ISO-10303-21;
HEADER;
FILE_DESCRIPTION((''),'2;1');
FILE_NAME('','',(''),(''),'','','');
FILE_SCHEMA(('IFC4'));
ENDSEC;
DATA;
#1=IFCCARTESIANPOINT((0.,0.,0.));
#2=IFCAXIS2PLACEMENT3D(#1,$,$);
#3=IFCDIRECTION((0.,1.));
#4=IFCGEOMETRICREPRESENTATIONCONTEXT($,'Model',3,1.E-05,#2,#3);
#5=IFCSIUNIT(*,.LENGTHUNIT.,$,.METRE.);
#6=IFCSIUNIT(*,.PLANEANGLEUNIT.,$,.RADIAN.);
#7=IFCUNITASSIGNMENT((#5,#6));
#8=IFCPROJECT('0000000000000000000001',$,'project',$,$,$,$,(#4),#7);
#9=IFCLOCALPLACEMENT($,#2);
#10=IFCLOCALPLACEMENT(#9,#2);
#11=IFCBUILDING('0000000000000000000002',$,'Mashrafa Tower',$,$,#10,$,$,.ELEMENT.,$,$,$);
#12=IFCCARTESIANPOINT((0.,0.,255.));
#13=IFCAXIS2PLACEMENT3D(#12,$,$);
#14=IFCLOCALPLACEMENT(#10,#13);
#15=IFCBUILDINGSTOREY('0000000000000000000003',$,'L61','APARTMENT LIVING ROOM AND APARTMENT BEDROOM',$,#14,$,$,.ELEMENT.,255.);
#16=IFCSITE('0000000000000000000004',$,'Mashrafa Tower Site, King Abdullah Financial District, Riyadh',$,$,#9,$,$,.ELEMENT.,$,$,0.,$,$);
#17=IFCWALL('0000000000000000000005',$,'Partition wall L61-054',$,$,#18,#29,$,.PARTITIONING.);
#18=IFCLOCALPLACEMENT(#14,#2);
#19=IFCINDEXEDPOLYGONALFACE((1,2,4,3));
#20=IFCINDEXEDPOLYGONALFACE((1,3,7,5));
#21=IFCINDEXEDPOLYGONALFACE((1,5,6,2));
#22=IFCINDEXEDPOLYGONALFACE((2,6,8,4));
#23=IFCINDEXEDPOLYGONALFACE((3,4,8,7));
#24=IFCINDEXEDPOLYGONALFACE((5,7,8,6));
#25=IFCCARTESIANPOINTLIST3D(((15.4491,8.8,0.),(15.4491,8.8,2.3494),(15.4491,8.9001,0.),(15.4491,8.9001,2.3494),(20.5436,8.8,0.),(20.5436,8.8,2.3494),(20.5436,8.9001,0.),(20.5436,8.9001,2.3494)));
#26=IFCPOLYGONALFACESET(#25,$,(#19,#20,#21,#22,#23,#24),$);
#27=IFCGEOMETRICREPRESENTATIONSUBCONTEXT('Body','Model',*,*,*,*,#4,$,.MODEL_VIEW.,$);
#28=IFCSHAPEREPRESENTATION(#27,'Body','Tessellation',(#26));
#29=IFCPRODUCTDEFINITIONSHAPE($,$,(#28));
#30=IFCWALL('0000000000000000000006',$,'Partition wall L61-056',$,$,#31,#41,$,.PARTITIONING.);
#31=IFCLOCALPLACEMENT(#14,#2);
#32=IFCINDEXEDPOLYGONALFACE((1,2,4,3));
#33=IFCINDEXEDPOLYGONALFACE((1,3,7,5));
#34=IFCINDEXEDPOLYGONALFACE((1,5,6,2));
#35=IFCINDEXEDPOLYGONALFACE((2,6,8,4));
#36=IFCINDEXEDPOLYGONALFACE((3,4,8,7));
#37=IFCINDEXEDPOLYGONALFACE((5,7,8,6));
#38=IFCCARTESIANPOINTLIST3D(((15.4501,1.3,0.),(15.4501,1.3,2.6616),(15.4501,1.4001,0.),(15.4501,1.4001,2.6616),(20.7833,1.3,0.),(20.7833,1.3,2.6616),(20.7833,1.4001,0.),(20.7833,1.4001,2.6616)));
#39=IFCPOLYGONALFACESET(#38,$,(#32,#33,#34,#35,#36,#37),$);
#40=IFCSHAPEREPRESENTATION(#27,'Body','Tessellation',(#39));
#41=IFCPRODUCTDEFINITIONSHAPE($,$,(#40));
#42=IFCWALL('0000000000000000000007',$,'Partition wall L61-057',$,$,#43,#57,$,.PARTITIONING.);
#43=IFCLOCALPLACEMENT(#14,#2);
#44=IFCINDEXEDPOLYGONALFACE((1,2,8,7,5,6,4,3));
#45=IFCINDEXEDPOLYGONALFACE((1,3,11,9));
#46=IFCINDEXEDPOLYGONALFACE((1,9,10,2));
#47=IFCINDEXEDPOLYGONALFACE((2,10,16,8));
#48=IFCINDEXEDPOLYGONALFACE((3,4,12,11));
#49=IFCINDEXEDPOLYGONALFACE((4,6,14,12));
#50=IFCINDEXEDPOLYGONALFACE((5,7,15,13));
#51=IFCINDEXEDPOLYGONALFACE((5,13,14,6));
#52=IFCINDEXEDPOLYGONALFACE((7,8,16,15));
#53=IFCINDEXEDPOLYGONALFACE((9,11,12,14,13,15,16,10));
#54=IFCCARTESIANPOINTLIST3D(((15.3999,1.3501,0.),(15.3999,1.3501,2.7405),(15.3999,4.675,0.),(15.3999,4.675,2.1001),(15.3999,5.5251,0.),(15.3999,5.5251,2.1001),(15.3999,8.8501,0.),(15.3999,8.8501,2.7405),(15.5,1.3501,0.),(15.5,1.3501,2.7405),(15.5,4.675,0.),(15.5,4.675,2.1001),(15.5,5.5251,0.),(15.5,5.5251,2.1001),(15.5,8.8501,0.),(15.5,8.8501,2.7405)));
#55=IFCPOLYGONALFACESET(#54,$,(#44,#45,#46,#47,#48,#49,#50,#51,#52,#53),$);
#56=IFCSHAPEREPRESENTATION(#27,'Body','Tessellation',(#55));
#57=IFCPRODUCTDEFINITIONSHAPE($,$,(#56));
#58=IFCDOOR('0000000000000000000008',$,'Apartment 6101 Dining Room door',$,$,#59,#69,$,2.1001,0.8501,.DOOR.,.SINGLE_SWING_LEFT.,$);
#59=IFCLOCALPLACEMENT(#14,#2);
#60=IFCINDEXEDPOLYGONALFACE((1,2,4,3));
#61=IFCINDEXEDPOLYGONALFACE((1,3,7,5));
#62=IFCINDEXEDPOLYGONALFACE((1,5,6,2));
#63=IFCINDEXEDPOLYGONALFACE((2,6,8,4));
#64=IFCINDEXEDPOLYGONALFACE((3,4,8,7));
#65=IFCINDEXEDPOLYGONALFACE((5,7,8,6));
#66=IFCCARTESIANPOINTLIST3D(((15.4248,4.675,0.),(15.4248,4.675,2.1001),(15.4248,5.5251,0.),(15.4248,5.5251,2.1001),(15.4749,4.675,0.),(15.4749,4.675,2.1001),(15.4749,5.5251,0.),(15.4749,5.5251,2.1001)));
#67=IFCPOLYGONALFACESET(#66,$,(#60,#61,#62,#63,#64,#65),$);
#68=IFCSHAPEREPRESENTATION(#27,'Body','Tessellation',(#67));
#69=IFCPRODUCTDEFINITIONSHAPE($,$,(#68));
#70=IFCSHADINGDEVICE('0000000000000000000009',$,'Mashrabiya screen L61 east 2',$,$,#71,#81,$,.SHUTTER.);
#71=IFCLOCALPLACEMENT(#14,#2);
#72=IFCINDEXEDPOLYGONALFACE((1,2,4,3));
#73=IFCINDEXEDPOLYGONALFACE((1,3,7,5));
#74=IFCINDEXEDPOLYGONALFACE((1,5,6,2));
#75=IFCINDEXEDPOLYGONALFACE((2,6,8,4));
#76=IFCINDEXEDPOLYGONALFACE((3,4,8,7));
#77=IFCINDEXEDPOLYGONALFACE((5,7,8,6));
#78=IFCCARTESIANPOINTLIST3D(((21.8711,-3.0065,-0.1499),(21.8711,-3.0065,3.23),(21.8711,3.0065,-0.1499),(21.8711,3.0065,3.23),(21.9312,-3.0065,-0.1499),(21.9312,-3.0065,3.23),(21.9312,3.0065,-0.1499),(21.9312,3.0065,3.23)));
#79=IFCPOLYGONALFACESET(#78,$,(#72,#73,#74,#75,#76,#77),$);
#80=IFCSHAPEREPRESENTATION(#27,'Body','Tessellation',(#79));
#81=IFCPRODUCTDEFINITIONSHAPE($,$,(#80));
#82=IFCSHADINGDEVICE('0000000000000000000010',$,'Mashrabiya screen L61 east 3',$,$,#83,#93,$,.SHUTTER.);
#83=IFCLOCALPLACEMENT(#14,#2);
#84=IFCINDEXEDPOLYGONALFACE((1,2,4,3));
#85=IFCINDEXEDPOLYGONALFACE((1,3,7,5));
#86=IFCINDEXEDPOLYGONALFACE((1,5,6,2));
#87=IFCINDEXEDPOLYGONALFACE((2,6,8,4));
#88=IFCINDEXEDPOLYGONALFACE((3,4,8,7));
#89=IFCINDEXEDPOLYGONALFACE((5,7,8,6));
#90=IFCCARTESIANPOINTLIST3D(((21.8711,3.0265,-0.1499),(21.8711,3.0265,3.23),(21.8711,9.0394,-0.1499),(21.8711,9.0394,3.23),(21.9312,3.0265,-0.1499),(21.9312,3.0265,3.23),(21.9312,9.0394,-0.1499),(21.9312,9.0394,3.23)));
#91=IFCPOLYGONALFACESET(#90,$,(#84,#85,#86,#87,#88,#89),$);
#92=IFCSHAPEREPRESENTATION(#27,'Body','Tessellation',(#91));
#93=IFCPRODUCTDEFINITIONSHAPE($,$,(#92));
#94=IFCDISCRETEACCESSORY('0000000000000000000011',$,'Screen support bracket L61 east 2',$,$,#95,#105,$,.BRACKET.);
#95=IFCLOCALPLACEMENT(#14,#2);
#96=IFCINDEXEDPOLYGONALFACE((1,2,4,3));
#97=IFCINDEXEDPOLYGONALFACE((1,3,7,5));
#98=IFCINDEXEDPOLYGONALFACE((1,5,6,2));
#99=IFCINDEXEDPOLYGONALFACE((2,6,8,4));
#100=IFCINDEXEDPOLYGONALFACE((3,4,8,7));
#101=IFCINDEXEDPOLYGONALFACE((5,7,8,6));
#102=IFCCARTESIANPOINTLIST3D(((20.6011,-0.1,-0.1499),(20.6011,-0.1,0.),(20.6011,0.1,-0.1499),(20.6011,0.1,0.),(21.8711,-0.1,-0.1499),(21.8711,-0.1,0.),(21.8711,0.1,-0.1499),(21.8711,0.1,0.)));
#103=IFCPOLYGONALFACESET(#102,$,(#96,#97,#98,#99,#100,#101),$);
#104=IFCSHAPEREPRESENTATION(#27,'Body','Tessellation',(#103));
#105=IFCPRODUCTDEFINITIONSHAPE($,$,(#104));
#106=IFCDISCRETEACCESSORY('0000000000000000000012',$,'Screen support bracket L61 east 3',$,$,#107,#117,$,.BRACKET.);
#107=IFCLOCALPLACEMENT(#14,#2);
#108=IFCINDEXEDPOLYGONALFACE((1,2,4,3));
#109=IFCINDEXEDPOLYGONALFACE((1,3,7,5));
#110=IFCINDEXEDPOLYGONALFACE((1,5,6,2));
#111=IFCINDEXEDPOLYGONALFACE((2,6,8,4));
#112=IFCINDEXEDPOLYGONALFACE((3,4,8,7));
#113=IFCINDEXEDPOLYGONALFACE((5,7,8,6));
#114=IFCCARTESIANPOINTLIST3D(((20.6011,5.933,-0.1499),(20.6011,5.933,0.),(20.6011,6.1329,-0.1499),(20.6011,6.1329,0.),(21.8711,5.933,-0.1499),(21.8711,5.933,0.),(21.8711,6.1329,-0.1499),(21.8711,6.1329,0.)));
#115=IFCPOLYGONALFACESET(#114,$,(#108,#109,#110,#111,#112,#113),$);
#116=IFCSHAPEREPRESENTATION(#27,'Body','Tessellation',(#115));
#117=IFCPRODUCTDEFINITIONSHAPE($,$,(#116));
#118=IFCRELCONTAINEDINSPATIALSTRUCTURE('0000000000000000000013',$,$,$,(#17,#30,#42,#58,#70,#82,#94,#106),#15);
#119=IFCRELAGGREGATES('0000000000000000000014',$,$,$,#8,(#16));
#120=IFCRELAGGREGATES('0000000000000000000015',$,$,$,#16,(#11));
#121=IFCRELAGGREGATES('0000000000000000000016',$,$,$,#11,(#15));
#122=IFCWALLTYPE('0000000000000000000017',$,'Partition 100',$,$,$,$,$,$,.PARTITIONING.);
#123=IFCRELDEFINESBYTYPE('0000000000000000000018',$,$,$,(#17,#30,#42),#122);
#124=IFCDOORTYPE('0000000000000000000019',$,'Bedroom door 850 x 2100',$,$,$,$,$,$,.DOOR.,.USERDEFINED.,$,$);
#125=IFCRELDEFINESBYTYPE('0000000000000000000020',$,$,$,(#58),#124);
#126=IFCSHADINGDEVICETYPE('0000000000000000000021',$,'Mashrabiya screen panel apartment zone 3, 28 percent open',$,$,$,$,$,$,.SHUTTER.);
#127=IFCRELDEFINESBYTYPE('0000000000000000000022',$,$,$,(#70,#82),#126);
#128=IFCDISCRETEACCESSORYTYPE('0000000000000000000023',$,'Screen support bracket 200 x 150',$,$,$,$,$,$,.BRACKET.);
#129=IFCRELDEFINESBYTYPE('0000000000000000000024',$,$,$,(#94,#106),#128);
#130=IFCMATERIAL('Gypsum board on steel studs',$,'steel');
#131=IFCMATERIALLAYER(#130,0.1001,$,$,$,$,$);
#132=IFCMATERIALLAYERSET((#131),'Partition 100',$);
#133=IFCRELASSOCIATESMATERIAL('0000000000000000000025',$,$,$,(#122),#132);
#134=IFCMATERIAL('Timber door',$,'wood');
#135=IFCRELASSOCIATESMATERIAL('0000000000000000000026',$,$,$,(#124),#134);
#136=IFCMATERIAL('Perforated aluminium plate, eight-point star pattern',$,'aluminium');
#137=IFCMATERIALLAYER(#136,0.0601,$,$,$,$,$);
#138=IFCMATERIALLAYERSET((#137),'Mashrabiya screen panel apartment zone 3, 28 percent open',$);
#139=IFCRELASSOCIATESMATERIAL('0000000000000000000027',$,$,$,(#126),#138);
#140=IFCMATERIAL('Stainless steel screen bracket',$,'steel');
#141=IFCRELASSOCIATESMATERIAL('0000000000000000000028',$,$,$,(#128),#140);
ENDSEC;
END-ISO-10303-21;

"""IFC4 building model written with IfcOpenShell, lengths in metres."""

from ifc_helpers import new_model, si_unit, direction, frame, frame_2d, origin, origin_2d, place, context, subcontext, project, spatial, rectangle, extrude, source, transform, mapped, material, layer, layer_set, type_object, type_shapes, element, fill, save


model = new_model("IFC4")

# Units and contexts
model_context = context("Model", 3, precision=1e-05, world=origin(), true_north=direction((0.0, 1.0)))
body_context = subcontext(model_context, "Body", "Model", "MODEL_VIEW")
ifc_project = project(units=[si_unit("LENGTHUNIT", "METRE"), si_unit("PLANEANGLEUNIT", "RADIAN")], contexts=[model_context])

# Site, building, storey
site_placement = place(None, origin())
site = spatial("IfcSite", under=ifc_project, at=site_placement, Name="Mashrafa Tower Site, King Abdullah Financial District, Riyadh", CompositionType="ELEMENT", RefElevation=0.0)
building_placement = place(site_placement, origin())
building = spatial("IfcBuilding", under=site, at=building_placement, Name="Mashrafa Tower", CompositionType="ELEMENT")
storey_placement = place(building_placement, frame((0.0, 0.0, 255.0)))
storey = spatial("IfcBuildingStorey", under=building, at=storey_placement, Name="L61", Description="APARTMENT LIVING ROOM AND APARTMENT BEDROOM", CompositionType="ELEMENT", Elevation=255.0)

# Shared definitions
ifc_material_1 = material(Name="Gypsum board on steel studs", Category="steel")
ifc_layer_1 = layer(ifc_material_1, 0.1001)
ifc_layer_set_1 = layer_set([ifc_layer_1], Name="Partition 100")
wall_type_1 = type_object("IfcWallType", Name="Partition 100", PredefinedType="PARTITIONING", material=ifc_layer_set_1)
ifc_material_2 = material(Name="Timber door", Category="wood")
door_type = type_object("IfcDoorType", Name="Bedroom door 850 x 2100", OperationType="USERDEFINED", PredefinedType="DOOR", material=ifc_material_2)

# Walls
wall_1_placement = place(storey_placement, frame((15.449, 8.8501, 0.0), z_axis=(0.0, 0.0, 1.0), x_axis=(1.0, 0.0, 0.0)))
element("IfcWall", 1, at=wall_1_placement, inside=storey, type_object=wall_type_1, Name="Partition wall L61-054", PredefinedType="PARTITIONING", context=body_context, shape_type="SweptSolid", body=[
    extrude(rectangle(XDim=5.0945, YDim=0.1001, at=frame_2d((2.5474, 0.0))), origin(), (0.0, 0.0, 1.0), 2.3494),
])
wall_2_placement = place(storey_placement, frame((20.7832, 1.3501, 0.0), z_axis=(0.0, 0.0, 1.0), x_axis=(-1.0, 0.0, 0.0)))
element("IfcWall", 2, at=wall_2_placement, inside=storey, type_object=wall_type_1, Name="Partition wall L61-056", PredefinedType="PARTITIONING", context=body_context, shape_type="SweptSolid", body=[
    extrude(rectangle(XDim=5.3333, YDim=0.1001, at=frame_2d((2.6665, 0.0))), origin(), (0.0, 0.0, 1.0), 2.6616),
])

# Wall, opening, door
wall_3_placement = place(storey_placement, frame((15.45, 1.3501, 0.0), z_axis=(0.0, 0.0, 1.0), x_axis=(0.0, 1.0, 0.0)))
wall_3 = element("IfcWall", 3, at=wall_3_placement, inside=storey, type_object=wall_type_1, Name="Partition wall L61-057", PredefinedType="PARTITIONING", context=body_context, shape_type="SweptSolid", body=[
    extrude(rectangle(XDim=7.5, YDim=0.1001, at=frame_2d((3.75, 0.0))), origin(), (0.0, 0.0, 1.0), 2.7405),
])
opening_1_placement = place(wall_3_placement, frame((3.325, 0.0, 0.0)))
opening_1 = element("IfcOpeningElement", 4, at=opening_1_placement, cuts=wall_3, PredefinedType="OPENING", context=body_context, shape_type="SweptSolid", body=[
    extrude(rectangle(XDim=0.8501, YDim=2.1001, at=frame_2d((0.425, 1.05))), frame((0.0, 0.0601, 0.0), z_axis=(0.0, -1.0, 0.0), x_axis=(1.0, 0.0, 0.0)), (0.0, 0.0, 1.0), 0.1201),
])
door_1_placement = place(opening_1_placement, frame((0.8501, 0.0, 0.0), z_axis=(0.0, 0.0, 1.0), x_axis=(-1.0, 0.0, 0.0)))
door_1 = element("IfcDoor", 5, at=door_1_placement, inside=storey, type_object=door_type, Name="Apartment 6101 Dining Room door", OperationType="SINGLE_SWING_LEFT", OverallHeight=2.1001, OverallWidth=0.8501, PredefinedType="DOOR", context=body_context, shape_type="SweptSolid", body=[
    extrude(rectangle(XDim=0.8501, YDim=2.1001, at=frame_2d((0.425, 1.05))), frame((0.0, 0.0249, 0.0), z_axis=(0.0, -1.0, 0.0), x_axis=(1.0, 0.0, 0.0)), (0.0, 0.0, 1.0), 0.05),
])
fill(opening_1, door_1)

# Shading devices
ifc_material_3 = material(Name="Perforated aluminium plate, eight-point star pattern", Category="aluminium")
ifc_layer_2 = layer(ifc_material_3, 0.0601)
ifc_layer_set_2 = layer_set([ifc_layer_2], Name="Mashrabiya screen panel apartment zone 3, 28 percent open")
shading_device_type = type_object("IfcShadingDeviceType", Name="Mashrabiya screen panel apartment zone 3, 28 percent open", PredefinedType="SHUTTER", material=ifc_layer_set_2)
shared_shape_1 = source(origin(), body_context, "Body", "SweptSolid", [
    extrude(rectangle(XDim=6.0129, YDim=0.0601, at=origin_2d()), origin(), (0.0, 0.0, 1.0), 3.3799),
])
type_shapes(shading_device_type, [shared_shape_1])
for number, where, z_axis, x_axis, name in (
    (6, (21.9011, 0.0, -0.1499), (0.0, 0.0, 1.0), (0.0, 1.0, 0.0), "Mashrabiya screen L61 east 2"),
    (7, (21.9011, 6.033, -0.1499), (0.0, 0.0, 1.0), (0.0, 1.0, 0.0), "Mashrabiya screen L61 east 3"),
):
    element("IfcShadingDevice", number, at=place(storey_placement, frame(where, z_axis=z_axis, x_axis=x_axis)), inside=storey, type_object=shading_device_type, Name=name, PredefinedType="SHUTTER", context=body_context, shape_type="MappedRepresentation", body=[
        mapped(shared_shape_1, transform((0.0, 0.0, 0.0))),
    ])

# Discrete accessories
ifc_material_4 = material(Name="Stainless steel screen bracket", Category="steel")
discrete_accessory_type = type_object("IfcDiscreteAccessoryType", Name="Screen support bracket 200 x 150", PredefinedType="BRACKET", material=ifc_material_4)
shared_shape_2 = source(origin(), body_context, "Body", "SweptSolid", [
    extrude(rectangle(XDim=0.2, YDim=1.27, at=origin_2d()), origin(), (0.0, 0.0, 1.0), 0.1499),
])
type_shapes(discrete_accessory_type, [shared_shape_2])
for number, where, z_axis, x_axis, name in (
    (8, (21.2361, 0.0, -0.1499), (0.0, 0.0, 1.0), (0.0, 1.0, 0.0), "Screen support bracket L61 east 2"),
    (9, (21.2361, 6.033, -0.1499), (0.0, 0.0, 1.0), (0.0, 1.0, 0.0), "Screen support bracket L61 east 3"),
):
    element("IfcDiscreteAccessory", number, at=place(storey_placement, frame(where, z_axis=z_axis, x_axis=x_axis)), inside=storey, type_object=discrete_accessory_type, Name=name, PredefinedType="BRACKET", context=body_context, shape_type="MappedRepresentation", body=[
        mapped(shared_shape_2, transform((0.0, 0.0, 0.0))),
    ])

save(model, "model.ifc")
